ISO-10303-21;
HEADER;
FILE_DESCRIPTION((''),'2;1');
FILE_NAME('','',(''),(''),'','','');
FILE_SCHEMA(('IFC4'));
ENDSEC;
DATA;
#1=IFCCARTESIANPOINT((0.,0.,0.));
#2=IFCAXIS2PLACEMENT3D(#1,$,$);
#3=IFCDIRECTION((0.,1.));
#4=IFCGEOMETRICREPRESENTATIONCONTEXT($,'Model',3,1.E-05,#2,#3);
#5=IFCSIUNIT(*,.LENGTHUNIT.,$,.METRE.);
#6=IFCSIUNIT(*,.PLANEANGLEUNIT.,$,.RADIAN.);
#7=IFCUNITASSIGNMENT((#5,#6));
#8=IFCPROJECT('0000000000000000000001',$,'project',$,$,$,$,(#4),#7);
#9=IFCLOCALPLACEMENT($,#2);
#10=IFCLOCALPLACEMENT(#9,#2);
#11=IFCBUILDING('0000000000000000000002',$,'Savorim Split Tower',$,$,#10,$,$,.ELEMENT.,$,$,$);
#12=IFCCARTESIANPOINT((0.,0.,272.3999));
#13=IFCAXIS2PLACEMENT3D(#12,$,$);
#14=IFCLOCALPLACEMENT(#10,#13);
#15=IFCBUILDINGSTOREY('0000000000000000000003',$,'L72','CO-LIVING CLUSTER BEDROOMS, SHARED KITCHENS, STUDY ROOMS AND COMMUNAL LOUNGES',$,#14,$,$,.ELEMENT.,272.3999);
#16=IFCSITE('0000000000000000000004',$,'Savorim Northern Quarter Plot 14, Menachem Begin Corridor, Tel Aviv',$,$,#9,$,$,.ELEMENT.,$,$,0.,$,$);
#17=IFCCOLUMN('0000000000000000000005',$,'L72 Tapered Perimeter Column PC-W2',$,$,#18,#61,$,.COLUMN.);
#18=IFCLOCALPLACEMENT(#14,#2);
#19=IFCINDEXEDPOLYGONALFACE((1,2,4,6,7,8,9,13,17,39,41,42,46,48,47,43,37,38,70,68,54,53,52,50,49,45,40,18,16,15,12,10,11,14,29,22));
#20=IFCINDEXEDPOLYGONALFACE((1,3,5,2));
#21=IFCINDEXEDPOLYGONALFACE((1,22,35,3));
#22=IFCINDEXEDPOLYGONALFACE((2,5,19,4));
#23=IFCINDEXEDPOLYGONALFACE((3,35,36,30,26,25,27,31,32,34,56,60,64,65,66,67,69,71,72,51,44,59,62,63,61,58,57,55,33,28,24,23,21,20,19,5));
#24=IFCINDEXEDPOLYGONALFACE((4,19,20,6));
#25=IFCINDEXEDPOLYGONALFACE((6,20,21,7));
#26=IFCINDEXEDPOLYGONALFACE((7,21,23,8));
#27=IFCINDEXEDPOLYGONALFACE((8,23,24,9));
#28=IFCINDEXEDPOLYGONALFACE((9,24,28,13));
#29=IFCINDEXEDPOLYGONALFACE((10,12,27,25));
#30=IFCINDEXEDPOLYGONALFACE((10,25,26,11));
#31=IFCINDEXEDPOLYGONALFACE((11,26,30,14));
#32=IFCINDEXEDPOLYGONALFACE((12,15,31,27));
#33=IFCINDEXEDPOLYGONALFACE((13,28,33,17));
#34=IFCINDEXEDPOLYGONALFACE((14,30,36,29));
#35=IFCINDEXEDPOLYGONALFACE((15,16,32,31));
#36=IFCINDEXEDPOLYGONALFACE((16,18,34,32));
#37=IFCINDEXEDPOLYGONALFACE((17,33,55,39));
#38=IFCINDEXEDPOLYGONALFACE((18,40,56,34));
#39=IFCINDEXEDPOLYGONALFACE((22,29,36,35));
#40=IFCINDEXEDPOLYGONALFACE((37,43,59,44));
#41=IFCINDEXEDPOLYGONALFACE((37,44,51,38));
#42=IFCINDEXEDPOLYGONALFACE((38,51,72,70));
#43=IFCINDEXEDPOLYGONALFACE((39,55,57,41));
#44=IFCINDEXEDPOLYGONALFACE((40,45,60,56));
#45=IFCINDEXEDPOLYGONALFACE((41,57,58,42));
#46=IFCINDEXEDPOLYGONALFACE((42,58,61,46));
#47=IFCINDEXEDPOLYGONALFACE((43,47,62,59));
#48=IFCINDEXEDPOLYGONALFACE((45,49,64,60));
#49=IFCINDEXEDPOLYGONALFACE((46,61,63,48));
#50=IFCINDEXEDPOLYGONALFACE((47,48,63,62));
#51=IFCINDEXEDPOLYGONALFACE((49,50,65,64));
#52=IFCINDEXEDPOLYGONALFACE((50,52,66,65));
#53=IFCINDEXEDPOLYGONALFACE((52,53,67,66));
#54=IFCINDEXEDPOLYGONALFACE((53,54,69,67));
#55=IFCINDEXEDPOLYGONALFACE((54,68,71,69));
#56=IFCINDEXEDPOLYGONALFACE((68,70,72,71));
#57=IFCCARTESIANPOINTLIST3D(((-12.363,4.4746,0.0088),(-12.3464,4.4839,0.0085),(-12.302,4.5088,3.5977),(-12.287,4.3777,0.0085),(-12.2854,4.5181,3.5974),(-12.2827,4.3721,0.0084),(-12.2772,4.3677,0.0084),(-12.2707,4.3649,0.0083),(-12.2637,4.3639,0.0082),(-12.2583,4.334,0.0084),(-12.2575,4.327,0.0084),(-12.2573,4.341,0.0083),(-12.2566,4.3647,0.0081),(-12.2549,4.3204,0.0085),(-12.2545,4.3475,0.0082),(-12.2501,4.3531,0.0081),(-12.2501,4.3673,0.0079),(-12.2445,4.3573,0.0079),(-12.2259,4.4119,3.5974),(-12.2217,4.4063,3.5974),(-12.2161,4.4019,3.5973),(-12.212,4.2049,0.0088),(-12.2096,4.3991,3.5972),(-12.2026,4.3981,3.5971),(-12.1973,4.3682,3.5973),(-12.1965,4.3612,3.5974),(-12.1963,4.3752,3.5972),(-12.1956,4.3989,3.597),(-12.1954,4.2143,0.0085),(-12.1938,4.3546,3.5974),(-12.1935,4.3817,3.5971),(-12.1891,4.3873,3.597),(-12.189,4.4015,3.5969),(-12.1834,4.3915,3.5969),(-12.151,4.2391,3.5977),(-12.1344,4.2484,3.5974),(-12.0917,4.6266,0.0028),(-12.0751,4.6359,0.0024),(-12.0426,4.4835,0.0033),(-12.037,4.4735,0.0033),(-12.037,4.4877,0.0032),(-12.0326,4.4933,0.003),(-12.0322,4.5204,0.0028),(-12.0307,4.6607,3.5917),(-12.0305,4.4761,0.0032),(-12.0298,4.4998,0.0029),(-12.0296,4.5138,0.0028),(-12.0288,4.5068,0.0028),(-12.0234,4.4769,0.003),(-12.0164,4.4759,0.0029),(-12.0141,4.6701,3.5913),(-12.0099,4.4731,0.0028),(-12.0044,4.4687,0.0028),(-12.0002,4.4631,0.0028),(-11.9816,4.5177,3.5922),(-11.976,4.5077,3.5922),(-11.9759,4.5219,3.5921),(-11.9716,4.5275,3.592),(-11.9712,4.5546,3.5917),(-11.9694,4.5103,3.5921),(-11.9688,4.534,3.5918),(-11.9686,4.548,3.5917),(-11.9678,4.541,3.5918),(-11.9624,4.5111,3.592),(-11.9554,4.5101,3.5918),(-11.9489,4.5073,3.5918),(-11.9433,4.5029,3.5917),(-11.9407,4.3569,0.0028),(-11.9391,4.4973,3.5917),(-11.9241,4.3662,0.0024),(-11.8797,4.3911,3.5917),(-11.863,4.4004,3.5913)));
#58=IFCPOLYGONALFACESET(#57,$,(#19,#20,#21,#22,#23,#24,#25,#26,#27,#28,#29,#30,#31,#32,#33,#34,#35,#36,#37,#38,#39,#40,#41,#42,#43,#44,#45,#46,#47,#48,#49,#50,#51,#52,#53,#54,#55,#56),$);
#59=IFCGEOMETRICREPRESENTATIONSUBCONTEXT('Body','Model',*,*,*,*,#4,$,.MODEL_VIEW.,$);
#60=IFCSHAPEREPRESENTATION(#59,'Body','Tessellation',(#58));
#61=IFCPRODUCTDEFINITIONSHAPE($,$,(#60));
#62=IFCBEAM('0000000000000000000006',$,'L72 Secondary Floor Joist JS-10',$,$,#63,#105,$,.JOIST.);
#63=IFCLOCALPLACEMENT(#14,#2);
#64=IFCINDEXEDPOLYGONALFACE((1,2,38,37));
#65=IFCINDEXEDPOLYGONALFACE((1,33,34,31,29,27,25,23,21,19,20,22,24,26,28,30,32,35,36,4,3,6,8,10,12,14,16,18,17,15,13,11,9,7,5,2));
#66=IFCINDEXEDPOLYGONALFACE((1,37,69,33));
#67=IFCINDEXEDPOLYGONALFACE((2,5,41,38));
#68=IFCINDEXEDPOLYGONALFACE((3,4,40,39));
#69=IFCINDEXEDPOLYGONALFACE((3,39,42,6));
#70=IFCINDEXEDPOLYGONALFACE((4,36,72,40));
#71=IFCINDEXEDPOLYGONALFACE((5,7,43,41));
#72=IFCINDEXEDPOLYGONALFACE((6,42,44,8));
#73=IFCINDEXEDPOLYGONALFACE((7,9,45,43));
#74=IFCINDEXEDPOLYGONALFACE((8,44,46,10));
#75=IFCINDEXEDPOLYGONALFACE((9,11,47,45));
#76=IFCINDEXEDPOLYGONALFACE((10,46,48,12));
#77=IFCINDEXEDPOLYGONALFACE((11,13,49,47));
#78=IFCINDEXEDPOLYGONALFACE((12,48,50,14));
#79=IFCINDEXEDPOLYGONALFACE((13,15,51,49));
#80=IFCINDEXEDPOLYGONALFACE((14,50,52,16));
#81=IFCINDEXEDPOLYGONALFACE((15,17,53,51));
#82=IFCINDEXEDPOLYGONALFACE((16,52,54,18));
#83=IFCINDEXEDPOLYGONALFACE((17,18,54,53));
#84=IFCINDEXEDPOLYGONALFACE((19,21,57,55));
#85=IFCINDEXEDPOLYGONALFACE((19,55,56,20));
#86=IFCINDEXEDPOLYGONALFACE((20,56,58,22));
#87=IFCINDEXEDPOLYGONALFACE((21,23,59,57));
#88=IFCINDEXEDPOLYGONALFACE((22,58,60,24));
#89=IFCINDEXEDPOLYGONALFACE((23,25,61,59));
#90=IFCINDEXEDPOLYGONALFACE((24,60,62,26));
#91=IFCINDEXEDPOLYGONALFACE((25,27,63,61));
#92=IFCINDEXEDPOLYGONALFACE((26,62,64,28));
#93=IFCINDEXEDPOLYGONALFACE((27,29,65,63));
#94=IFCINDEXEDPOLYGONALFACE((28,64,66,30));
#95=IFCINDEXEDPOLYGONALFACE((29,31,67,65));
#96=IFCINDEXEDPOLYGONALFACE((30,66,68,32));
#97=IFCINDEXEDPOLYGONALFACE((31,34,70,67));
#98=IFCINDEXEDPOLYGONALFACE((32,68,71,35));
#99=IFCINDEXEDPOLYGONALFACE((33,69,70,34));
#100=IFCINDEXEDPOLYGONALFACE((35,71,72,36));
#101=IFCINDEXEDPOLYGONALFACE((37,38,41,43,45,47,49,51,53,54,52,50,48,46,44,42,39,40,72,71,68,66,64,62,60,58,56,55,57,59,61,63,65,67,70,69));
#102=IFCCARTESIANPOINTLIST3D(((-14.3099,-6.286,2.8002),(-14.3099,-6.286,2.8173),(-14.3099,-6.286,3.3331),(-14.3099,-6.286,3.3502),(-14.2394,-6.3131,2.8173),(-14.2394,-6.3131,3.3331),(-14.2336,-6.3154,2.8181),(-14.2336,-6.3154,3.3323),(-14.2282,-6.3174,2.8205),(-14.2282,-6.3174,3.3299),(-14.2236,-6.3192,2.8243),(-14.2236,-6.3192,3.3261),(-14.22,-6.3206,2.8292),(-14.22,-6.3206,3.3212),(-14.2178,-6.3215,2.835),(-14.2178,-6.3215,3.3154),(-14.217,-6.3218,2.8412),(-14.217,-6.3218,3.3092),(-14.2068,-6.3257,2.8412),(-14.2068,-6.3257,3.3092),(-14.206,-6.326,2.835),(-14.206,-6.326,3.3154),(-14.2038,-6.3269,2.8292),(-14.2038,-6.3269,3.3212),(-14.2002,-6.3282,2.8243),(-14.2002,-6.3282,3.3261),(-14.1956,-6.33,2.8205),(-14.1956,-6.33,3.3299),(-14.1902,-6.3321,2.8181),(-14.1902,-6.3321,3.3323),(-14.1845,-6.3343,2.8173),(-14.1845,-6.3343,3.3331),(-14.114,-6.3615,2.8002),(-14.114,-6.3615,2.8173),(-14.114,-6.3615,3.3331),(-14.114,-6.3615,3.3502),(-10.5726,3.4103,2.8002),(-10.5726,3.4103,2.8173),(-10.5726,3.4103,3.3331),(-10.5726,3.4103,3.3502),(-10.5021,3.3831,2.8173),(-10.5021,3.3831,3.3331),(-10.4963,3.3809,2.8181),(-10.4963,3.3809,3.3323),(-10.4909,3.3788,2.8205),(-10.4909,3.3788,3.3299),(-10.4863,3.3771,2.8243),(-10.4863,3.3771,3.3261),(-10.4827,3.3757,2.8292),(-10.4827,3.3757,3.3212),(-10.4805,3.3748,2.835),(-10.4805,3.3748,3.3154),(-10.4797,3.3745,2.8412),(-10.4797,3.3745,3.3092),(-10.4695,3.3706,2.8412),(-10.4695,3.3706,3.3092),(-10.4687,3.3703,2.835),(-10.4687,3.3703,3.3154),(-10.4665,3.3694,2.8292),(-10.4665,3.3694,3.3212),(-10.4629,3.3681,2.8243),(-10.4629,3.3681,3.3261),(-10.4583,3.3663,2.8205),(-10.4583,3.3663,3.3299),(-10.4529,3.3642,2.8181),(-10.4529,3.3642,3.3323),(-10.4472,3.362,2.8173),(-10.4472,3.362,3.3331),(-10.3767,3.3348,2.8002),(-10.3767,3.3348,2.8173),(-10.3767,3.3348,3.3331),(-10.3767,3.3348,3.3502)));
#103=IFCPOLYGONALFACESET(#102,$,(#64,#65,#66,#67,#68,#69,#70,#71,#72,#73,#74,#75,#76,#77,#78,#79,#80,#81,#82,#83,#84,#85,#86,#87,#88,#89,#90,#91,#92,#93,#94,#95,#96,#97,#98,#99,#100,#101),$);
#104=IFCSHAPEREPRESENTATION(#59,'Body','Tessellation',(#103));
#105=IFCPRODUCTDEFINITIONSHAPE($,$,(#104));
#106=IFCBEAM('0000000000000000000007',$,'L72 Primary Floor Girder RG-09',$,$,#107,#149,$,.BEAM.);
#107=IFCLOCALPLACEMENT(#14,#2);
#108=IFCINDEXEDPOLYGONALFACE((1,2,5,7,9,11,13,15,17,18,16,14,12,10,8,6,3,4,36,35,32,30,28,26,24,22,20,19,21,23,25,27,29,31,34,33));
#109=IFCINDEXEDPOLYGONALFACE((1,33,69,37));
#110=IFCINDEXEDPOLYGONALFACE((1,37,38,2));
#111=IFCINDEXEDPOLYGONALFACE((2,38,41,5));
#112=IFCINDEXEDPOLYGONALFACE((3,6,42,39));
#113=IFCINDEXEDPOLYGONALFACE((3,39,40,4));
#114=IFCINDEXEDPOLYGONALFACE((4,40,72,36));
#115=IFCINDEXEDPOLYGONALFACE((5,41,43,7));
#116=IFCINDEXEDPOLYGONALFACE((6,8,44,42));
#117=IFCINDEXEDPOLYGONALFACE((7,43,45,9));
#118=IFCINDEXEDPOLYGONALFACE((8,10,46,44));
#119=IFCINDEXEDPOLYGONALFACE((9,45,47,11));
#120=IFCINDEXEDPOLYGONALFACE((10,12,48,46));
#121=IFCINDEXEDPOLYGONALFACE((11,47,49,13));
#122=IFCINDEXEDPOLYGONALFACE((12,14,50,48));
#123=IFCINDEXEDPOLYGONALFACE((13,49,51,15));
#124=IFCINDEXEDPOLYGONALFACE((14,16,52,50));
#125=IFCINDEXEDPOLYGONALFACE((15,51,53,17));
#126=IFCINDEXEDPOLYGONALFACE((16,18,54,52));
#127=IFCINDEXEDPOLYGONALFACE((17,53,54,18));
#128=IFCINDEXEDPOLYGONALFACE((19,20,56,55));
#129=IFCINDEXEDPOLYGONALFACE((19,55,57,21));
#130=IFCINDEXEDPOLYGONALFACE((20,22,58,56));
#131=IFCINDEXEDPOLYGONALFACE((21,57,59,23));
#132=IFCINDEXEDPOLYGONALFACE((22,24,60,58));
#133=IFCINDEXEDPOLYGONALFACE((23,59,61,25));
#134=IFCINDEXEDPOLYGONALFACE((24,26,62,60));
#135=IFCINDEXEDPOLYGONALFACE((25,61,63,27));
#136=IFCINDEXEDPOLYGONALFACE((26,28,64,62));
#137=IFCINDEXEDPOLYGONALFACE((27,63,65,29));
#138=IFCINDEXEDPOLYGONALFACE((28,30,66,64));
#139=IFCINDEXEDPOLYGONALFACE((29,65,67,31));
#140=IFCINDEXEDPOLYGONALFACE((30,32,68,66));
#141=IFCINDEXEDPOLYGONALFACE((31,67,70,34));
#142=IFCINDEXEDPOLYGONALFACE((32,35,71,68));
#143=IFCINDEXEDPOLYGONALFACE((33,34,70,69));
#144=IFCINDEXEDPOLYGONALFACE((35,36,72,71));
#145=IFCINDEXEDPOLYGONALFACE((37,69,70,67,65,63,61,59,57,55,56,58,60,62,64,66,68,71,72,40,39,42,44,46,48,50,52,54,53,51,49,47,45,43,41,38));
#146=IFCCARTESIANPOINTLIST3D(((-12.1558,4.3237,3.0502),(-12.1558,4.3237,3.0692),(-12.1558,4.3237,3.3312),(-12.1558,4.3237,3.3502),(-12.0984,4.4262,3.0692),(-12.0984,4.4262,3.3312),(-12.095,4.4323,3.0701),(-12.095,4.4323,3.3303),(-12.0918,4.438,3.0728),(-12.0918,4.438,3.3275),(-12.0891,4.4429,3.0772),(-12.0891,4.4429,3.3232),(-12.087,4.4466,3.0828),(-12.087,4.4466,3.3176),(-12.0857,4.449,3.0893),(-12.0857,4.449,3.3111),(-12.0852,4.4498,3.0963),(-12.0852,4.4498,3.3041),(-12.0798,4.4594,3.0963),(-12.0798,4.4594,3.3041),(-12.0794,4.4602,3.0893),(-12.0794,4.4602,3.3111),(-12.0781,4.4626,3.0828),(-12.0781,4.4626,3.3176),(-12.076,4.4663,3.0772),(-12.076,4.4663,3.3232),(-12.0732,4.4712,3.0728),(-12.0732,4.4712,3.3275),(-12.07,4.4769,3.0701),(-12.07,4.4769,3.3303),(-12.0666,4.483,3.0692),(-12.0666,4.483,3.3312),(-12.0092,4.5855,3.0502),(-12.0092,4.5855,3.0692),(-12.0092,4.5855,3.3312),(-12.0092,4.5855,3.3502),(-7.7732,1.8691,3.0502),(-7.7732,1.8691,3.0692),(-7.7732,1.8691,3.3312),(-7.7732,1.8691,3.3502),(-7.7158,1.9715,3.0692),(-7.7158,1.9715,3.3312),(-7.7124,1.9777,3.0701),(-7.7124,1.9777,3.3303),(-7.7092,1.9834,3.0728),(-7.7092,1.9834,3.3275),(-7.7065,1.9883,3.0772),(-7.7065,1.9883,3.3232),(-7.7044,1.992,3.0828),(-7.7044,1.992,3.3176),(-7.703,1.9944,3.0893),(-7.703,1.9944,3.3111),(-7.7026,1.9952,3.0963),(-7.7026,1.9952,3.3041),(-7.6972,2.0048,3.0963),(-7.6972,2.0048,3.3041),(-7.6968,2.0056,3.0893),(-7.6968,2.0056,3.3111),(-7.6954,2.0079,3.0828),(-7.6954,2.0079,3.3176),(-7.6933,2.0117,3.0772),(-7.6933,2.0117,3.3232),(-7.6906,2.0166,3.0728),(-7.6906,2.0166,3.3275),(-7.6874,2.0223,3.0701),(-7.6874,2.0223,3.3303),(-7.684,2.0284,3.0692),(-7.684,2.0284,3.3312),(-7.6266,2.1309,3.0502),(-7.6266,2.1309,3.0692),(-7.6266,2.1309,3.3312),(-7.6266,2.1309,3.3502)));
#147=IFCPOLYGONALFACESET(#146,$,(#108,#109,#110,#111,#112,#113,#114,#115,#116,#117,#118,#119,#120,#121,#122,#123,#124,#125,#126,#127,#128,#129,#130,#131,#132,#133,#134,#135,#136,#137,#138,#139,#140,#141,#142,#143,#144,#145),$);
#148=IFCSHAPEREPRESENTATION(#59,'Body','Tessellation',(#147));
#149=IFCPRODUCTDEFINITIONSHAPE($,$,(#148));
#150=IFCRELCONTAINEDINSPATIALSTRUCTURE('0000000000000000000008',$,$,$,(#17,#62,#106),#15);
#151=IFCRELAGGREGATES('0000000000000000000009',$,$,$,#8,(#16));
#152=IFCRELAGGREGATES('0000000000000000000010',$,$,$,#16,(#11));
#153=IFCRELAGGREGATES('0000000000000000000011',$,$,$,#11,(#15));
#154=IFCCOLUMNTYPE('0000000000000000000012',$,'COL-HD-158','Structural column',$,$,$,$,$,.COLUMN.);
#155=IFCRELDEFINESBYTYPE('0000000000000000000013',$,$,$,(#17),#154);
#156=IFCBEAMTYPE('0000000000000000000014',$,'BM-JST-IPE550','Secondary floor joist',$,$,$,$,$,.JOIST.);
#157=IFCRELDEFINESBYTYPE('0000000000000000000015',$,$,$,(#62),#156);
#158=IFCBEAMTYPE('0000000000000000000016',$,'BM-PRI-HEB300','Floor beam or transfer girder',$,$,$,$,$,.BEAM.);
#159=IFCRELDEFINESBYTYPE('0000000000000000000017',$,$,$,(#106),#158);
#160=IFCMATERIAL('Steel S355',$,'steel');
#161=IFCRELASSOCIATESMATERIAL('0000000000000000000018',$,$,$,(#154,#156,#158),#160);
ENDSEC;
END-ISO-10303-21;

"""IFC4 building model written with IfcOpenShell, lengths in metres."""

from ifc_helpers import new_model, si_unit, direction, frame, origin, origin_2d, place, context, subcontext, project, spatial, i_section, extrude, material, material_profile, profile_set, type_object, element, save


model = new_model("IFC4")

# Units and contexts
model_context = context("Model", 3, precision=1e-05, world=origin(), true_north=direction((0.0, 1.0)))
body_context = subcontext(model_context, "Body", "Model", "MODEL_VIEW")
ifc_project = project(units=[si_unit("LENGTHUNIT", "METRE"), si_unit("PLANEANGLEUNIT", "RADIAN")], contexts=[model_context])

# Site, building, storey
site_placement = place(None, origin())
site = spatial("IfcSite", under=ifc_project, at=site_placement, Name="Savorim Northern Quarter Plot 14, Menachem Begin Corridor, Tel Aviv", CompositionType="ELEMENT", RefElevation=0.0)
building_placement = place(site_placement, origin())
building = spatial("IfcBuilding", under=site, at=building_placement, Name="Savorim Split Tower", CompositionType="ELEMENT")
storey_placement = place(building_placement, frame((0.0, 0.0, 272.3999)))
storey = spatial("IfcBuildingStorey", under=building, at=storey_placement, Name="L72", Description="CO-LIVING CLUSTER BEDROOMS, SHARED KITCHENS, STUDY ROOMS AND COMMUNAL LOUNGES", CompositionType="ELEMENT", Elevation=272.3999)

# Column
ifc_material_1 = material(Name="Steel S355", Category="steel")
ifc_material_profile_1 = material_profile(ifc_material_1, i_section(OverallWidth=0.3091, OverallDepth=0.3301, WebThickness=0.0115, FlangeThickness=0.019, FilletRadius=0.0271, at=origin_2d()), Name="HD 320x158")
ifc_profile_set_1 = profile_set([ifc_material_profile_1], Name="Steel S355")
column_type = type_object("IfcColumnType", Name="COL-HD-158", Description="Structural column", PredefinedType="COLUMN", material=ifc_profile_set_1)
column_placement = place(storey_placement, frame((-12.1436, 4.4204, 0.0056), z_axis=(0.017004, 0.009522, 0.99981), x_axis=(-0.488603, 0.872506, 0.0)))
element("IfcColumn", 1, at=column_placement, inside=storey, type_object=column_type, Name="L72 Tapered Perimeter Column PC-W2", PredefinedType="COLUMN", context=body_context, shape_type="SweptSolid", body=[
    extrude(i_section(OverallWidth=0.3091, OverallDepth=0.3301, WebThickness=0.0115, FlangeThickness=0.019, FilletRadius=0.0271, at=origin_2d()), origin(), (0.0, 0.0, 1.0), 3.5896),
])

# Beams
ifc_material_profile_2 = material_profile(ifc_material_1, i_section(OverallWidth=0.21, OverallDepth=0.55, WebThickness=0.011, FlangeThickness=0.0171, FilletRadius=0.0239, at=origin_2d()), Name="IPE 550")
ifc_profile_set_2 = profile_set([ifc_material_profile_2], Name="Steel S355")
beam_type_1 = type_object("IfcBeamType", Name="BM-JST-IPE550", Description="Secondary floor joist", PredefinedType="JOIST", material=ifc_profile_set_2)
beam_1_placement = place(storey_placement, frame((-10.4746, 3.3726, 3.0752), z_axis=(-0.359647, -0.933089, 0.0), x_axis=(0.933089, -0.359647, 0.0)))
element("IfcBeam", 2, at=beam_1_placement, inside=storey, type_object=beam_type_1, Name="L72 Secondary Floor Joist JS-10", PredefinedType="JOIST", context=body_context, shape_type="SweptSolid", body=[
    extrude(i_section(OverallWidth=0.21, OverallDepth=0.55, WebThickness=0.011, FlangeThickness=0.0171, FilletRadius=0.0239, at=origin_2d()), origin(), (0.0, 0.0, 1.0), 10.3916),
])
ifc_material_profile_3 = material_profile(ifc_material_1, i_section(OverallWidth=0.3, OverallDepth=0.3, WebThickness=0.011, FlangeThickness=0.019, FilletRadius=0.0271, at=origin_2d()), Name="HEB 300")
ifc_profile_set_3 = profile_set([ifc_material_profile_3], Name="Steel S355")
beam_type_2 = type_object("IfcBeamType", Name="BM-PRI-HEB300", Description="Floor beam or transfer girder", PredefinedType="BEAM", material=ifc_profile_set_3)
beam_2_placement = place(storey_placement, frame((-12.0825, 4.4546, 3.2002), z_axis=(0.872476, -0.488657, 0.0), x_axis=(0.488657, 0.872476, 0.0)))
element("IfcBeam", 3, at=beam_2_placement, inside=storey, type_object=beam_type_2, Name="L72 Primary Floor Girder RG-09", PredefinedType="BEAM", context=body_context, shape_type="SweptSolid", body=[
    extrude(i_section(OverallWidth=0.3, OverallDepth=0.3, WebThickness=0.011, FlangeThickness=0.019, FilletRadius=0.0271, at=origin_2d()), origin(), (0.0, 0.0, 1.0), 5.0232),
])

save(model, "model.ifc")
